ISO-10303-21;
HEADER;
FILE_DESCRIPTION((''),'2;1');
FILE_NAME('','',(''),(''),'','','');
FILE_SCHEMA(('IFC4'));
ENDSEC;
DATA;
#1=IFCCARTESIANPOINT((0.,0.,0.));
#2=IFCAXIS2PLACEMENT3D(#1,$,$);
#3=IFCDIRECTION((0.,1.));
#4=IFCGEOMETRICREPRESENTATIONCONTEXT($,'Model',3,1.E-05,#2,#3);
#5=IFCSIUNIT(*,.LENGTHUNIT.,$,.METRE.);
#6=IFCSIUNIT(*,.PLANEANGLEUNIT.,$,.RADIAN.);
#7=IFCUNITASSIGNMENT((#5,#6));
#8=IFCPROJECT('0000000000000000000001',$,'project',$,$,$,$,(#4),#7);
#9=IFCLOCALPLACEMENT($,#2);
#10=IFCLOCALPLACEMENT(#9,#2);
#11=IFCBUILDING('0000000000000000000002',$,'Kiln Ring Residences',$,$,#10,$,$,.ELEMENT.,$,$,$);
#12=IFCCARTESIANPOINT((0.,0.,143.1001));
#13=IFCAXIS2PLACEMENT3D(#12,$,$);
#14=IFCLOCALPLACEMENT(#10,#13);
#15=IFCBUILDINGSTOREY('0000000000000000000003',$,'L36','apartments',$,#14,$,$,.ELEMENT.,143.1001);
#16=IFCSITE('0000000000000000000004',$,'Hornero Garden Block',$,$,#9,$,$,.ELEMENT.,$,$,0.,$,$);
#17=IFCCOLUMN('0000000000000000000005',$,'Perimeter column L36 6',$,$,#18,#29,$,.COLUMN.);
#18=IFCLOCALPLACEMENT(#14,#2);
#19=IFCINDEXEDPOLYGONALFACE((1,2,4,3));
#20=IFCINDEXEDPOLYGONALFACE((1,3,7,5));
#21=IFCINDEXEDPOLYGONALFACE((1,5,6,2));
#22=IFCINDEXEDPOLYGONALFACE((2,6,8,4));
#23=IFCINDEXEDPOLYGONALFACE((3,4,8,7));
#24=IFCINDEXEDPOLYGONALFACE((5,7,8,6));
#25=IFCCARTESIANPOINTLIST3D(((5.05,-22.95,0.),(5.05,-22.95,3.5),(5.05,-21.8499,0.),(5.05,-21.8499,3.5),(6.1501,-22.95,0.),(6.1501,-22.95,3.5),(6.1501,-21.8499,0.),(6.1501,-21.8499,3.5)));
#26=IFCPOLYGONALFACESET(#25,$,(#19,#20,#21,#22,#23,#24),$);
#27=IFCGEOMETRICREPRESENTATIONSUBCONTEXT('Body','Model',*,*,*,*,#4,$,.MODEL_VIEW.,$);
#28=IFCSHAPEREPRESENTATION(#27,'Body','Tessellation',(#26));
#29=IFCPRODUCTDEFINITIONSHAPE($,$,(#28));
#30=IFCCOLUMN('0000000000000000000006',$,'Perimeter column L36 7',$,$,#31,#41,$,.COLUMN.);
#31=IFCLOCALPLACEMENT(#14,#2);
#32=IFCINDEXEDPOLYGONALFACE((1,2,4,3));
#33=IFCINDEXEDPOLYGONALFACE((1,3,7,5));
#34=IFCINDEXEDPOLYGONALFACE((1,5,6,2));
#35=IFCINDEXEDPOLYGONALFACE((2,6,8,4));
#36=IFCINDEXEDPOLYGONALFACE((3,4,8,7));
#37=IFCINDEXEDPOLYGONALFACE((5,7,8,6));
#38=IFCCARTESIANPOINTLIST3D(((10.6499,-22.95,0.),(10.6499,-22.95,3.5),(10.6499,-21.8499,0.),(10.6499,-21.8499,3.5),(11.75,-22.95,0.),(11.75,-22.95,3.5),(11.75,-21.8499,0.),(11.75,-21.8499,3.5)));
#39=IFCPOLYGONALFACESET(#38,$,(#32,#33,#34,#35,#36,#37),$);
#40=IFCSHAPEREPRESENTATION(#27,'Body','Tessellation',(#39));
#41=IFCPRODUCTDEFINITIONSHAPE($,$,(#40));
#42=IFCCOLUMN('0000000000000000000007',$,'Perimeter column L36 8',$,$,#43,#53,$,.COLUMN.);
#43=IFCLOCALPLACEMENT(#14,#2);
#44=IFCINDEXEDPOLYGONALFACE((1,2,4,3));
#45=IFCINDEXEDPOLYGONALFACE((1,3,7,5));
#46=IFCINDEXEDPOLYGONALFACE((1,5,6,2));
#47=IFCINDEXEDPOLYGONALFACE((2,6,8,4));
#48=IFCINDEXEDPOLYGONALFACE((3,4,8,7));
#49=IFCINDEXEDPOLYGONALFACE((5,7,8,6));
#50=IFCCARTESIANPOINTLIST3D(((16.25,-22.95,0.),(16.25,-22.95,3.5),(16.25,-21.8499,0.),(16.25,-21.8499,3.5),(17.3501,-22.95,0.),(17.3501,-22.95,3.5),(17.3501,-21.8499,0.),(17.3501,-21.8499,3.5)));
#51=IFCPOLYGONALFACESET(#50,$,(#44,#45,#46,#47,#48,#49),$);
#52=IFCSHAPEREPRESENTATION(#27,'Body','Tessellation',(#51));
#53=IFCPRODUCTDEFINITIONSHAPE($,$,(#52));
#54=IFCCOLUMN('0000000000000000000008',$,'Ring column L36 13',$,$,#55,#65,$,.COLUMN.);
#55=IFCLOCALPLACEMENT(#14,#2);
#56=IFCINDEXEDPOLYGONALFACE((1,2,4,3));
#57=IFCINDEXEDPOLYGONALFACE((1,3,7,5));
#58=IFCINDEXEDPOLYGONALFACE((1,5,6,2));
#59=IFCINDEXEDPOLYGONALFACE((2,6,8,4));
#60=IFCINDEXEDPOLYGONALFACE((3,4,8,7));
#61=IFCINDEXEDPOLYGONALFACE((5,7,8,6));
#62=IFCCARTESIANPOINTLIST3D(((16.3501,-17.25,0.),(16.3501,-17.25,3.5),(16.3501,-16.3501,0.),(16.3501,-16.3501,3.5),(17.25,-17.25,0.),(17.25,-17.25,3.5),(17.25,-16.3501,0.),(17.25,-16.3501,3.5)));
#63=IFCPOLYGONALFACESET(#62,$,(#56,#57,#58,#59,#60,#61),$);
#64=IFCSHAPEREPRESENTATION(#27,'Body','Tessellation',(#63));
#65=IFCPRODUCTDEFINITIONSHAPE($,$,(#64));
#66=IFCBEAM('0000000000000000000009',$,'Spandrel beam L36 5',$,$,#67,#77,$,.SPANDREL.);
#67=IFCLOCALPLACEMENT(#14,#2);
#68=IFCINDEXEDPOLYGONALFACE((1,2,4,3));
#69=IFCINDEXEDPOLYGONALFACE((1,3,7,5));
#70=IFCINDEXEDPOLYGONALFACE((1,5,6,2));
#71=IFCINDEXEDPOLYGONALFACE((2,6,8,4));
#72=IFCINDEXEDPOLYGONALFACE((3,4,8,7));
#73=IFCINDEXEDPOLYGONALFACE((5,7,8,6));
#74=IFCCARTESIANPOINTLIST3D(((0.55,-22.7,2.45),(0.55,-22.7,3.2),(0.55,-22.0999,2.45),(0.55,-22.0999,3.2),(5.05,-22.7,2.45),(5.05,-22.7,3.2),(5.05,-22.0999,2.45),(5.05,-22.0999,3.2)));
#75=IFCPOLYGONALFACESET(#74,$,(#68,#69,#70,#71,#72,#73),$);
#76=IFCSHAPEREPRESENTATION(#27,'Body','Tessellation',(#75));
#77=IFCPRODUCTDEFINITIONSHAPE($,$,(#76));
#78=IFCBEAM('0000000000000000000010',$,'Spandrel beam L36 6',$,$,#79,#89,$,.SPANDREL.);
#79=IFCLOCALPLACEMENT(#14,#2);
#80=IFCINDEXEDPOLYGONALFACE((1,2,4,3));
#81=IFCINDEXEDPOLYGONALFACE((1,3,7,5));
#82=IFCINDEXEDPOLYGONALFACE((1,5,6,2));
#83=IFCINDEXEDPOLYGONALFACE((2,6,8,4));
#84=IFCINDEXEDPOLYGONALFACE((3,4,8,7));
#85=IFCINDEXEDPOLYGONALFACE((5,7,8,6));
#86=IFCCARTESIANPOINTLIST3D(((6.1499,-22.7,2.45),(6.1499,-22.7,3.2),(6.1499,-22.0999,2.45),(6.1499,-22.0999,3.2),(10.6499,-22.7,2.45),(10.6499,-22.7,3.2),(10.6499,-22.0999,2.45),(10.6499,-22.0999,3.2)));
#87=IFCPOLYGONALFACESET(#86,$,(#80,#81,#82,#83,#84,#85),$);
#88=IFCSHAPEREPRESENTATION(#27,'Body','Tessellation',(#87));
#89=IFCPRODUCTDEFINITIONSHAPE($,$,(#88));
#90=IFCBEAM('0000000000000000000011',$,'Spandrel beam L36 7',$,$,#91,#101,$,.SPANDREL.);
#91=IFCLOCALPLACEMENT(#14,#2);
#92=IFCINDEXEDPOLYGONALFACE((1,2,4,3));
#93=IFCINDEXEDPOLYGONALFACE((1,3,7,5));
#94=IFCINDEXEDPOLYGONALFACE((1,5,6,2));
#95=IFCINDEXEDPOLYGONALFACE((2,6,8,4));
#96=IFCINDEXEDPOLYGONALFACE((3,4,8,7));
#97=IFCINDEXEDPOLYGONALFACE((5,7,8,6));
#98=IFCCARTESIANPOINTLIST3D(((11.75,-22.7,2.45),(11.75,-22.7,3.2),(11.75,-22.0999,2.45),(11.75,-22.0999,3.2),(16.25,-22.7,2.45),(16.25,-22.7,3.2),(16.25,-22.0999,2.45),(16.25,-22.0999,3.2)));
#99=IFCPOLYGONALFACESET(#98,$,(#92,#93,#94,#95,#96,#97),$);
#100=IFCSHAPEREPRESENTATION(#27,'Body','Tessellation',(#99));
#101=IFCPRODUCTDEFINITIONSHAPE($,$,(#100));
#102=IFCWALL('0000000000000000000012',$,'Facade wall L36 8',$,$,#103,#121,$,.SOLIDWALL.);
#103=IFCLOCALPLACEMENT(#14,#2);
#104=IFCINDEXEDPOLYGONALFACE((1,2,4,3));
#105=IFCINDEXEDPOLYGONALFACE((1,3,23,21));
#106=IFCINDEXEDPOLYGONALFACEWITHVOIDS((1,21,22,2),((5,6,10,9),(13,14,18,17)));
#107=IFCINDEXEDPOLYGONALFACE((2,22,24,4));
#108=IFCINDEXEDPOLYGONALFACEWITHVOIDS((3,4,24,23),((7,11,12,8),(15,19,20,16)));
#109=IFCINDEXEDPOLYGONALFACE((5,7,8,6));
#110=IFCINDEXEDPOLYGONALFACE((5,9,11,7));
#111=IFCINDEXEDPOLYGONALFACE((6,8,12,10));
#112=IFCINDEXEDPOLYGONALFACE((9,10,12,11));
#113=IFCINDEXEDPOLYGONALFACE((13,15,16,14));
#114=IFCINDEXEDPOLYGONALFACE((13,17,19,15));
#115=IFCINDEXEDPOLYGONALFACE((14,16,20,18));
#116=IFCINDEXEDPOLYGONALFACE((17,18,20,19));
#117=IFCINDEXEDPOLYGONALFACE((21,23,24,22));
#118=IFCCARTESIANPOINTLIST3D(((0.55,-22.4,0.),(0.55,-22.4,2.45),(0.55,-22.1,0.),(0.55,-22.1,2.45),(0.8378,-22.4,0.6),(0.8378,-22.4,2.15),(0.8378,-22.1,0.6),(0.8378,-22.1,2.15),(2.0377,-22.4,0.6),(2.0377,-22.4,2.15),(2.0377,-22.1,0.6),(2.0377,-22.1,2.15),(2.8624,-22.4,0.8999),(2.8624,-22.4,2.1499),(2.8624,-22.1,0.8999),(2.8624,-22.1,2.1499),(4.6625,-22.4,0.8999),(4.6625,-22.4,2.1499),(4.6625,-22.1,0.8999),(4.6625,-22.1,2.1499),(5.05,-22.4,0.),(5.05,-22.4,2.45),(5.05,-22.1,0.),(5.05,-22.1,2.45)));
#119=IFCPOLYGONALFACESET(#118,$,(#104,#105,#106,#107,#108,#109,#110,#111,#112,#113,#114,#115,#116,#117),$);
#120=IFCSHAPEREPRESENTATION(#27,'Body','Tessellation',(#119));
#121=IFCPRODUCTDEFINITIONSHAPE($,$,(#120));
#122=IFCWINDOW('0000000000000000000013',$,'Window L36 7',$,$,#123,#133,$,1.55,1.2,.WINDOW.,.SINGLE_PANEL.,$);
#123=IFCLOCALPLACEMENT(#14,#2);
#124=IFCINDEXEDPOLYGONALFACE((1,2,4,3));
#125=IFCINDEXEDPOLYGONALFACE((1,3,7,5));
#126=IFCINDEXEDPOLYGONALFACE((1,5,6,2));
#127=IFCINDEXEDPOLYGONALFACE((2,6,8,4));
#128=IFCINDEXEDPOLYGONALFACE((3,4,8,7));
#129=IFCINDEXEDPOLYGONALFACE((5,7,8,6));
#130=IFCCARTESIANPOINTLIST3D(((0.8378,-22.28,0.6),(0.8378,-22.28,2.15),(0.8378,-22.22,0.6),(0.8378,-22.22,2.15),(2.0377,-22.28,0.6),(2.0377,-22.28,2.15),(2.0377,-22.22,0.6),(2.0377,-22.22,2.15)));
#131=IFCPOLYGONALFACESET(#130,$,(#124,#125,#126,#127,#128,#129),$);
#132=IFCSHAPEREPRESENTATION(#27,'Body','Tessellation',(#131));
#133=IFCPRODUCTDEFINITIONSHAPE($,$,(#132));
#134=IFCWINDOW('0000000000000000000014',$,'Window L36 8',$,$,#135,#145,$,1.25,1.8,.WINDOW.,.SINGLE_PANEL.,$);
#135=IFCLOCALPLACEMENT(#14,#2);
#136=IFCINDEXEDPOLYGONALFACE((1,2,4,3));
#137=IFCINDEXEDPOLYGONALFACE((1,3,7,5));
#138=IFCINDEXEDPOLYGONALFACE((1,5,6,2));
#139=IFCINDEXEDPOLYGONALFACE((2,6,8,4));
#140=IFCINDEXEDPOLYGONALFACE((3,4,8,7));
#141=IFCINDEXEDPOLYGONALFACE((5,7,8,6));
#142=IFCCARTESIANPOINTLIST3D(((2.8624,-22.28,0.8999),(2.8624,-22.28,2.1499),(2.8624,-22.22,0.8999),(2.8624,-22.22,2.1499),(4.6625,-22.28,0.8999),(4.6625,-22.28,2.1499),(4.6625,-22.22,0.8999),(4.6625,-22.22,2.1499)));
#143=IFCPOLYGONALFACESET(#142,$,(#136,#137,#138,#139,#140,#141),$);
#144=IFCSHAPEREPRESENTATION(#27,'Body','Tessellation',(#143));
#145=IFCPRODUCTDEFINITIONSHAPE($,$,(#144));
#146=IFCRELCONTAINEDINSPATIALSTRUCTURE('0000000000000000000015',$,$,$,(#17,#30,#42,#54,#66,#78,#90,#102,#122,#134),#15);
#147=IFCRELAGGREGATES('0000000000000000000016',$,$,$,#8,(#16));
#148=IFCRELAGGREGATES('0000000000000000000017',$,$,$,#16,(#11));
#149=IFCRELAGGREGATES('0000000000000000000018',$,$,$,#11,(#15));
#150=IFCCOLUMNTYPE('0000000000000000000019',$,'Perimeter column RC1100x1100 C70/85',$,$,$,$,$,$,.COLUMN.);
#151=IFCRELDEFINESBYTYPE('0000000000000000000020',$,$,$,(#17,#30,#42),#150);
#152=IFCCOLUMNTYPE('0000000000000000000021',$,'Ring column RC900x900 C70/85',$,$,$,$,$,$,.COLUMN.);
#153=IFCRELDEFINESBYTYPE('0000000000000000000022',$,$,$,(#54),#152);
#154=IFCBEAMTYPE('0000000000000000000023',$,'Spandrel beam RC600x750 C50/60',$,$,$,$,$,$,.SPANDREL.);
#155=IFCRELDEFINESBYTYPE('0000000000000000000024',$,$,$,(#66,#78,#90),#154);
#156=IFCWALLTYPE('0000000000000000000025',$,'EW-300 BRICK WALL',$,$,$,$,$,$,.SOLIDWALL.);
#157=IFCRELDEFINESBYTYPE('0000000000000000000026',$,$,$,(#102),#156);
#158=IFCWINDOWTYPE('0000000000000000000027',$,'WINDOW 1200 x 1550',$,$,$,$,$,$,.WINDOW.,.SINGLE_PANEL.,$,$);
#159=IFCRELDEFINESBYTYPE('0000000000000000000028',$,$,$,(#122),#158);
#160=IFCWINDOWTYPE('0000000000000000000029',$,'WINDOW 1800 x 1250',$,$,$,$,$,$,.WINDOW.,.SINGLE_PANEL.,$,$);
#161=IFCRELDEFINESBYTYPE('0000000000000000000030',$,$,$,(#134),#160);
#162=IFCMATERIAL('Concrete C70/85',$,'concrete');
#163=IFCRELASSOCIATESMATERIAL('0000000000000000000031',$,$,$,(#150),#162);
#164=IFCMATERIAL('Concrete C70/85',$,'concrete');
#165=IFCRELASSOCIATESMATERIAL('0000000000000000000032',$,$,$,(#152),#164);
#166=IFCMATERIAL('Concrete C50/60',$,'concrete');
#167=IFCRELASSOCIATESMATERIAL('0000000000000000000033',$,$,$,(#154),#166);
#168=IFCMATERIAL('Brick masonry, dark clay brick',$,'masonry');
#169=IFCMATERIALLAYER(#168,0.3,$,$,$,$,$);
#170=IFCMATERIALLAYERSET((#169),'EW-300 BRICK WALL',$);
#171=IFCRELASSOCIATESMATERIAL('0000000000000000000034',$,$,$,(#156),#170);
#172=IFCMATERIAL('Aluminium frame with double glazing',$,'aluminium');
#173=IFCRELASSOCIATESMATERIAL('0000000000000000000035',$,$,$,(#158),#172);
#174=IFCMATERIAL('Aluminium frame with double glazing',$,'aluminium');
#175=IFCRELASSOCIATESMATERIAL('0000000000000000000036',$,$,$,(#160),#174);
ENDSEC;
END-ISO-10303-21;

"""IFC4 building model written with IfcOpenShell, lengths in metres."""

from ifc_helpers import new_model, si_unit, direction, frame, frame_2d, origin, origin_2d, place, context, subcontext, project, spatial, rectangle, extrude, material, layer, layer_set, material_profile, profile_set, type_object, element, fill, save


model = new_model("IFC4")

# Units and contexts
model_context = context("Model", 3, precision=1e-05, world=origin(), true_north=direction((0.0, 1.0)))
body_context = subcontext(model_context, "Body", "Model", "MODEL_VIEW")
ifc_project = project(units=[si_unit("LENGTHUNIT", "METRE"), si_unit("PLANEANGLEUNIT", "RADIAN")], contexts=[model_context])

# Site, building, storey
site_placement = place(None, origin())
site = spatial("IfcSite", under=ifc_project, at=site_placement, Name="Hornero Garden Block", CompositionType="ELEMENT", RefElevation=0.0)
building_placement = place(site_placement, origin())
building = spatial("IfcBuilding", under=site, at=building_placement, Name="Kiln Ring Residences", CompositionType="ELEMENT")
storey_placement = place(building_placement, frame((0.0, 0.0, 143.1001)))
storey = spatial("IfcBuildingStorey", under=building, at=storey_placement, Name="L36", Description="apartments", CompositionType="ELEMENT", Elevation=143.1001)

# Columns
ifc_material_1 = material(Name="Concrete C70/85", Category="concrete")
ifc_material_profile_1 = material_profile(ifc_material_1, rectangle(XDim=1.1001, YDim=1.1001, at=origin_2d()), Name="RC1100x1100")
ifc_profile_set_1 = profile_set([ifc_material_profile_1], Name="Concrete C70/85")
column_type_1 = type_object("IfcColumnType", Name="Perimeter column RC1100x1100 C70/85", PredefinedType="COLUMN", material=ifc_profile_set_1)
for number, where, z_axis, x_axis, name in (
    (1, (5.6001, -22.3999, 0.0), (0.0, 0.0, 1.0), (1.0, 0.0, 0.0), "Perimeter column L36 6"),
    (2, (11.2, -22.3999, 0.0), (0.0, 0.0, 1.0), (1.0, 0.0, 0.0), "Perimeter column L36 7"),
    (3, (16.8, -22.3999, 0.0), (0.0, 0.0, 1.0), (1.0, 0.0, 0.0), "Perimeter column L36 8"),
):
    element("IfcColumn", number, at=place(storey_placement, frame(where, z_axis=z_axis, x_axis=x_axis)), inside=storey, type_object=column_type_1, Name=name, PredefinedType="COLUMN", context=body_context, shape_type="SweptSolid", body=[
        extrude(rectangle(XDim=1.1001, YDim=1.1001, at=origin_2d()), origin(), (0.0, 0.0, 1.0), 3.5),
    ])
ifc_material_2 = material(Name="Concrete C70/85", Category="concrete")
ifc_material_profile_2 = material_profile(ifc_material_2, rectangle(XDim=0.8999, YDim=0.8999, at=origin_2d()), Name="RC900x900")
ifc_profile_set_2 = profile_set([ifc_material_profile_2], Name="Concrete C70/85")
column_type_2 = type_object("IfcColumnType", Name="Ring column RC900x900 C70/85", PredefinedType="COLUMN", material=ifc_profile_set_2)
column_placement = place(storey_placement, frame((16.8, -16.8, 0.0), z_axis=(0.0, 0.0, 1.0), x_axis=(1.0, 0.0, 0.0)))
element("IfcColumn", 4, at=column_placement, inside=storey, type_object=column_type_2, Name="Ring column L36 13", PredefinedType="COLUMN", context=body_context, shape_type="SweptSolid", body=[
    extrude(rectangle(XDim=0.8999, YDim=0.8999, at=origin_2d()), origin(), (0.0, 0.0, 1.0), 3.5),
])

# Beams
ifc_material_3 = material(Name="Concrete C50/60", Category="concrete")
ifc_material_profile_3 = material_profile(ifc_material_3, rectangle(XDim=0.6001, YDim=0.75, at=origin_2d()), Name="RC600x750")
ifc_profile_set_3 = profile_set([ifc_material_profile_3], Name="Concrete C50/60")
beam_type = type_object("IfcBeamType", Name="Spandrel beam RC600x750 C50/60", PredefinedType="SPANDREL", material=ifc_profile_set_3)
for number, where, z_axis, x_axis, name in (
    (5, (0.55, -22.3999, 2.825), (1.0, 0.0, 0.0), (0.0, 1.0, 0.0), "Spandrel beam L36 5"),
    (6, (6.1499, -22.3999, 2.825), (1.0, 0.0, 0.0), (0.0, 1.0, 0.0), "Spandrel beam L36 6"),
    (7, (11.75, -22.3999, 2.825), (1.0, 0.0, 0.0), (0.0, 1.0, 0.0), "Spandrel beam L36 7"),
):
    element("IfcBeam", number, at=place(storey_placement, frame(where, z_axis=z_axis, x_axis=x_axis)), inside=storey, type_object=beam_type, Name=name, PredefinedType="SPANDREL", context=body_context, shape_type="SweptSolid", body=[
        extrude(rectangle(XDim=0.6001, YDim=0.75, at=origin_2d()), origin(), (0.0, 0.0, 1.0), 4.5),
    ])

# Wall, openings, windows
ifc_material_4 = material(Name="Brick masonry, dark clay brick", Category="masonry")
ifc_layer_1 = layer(ifc_material_4, 0.3)
ifc_layer_set_1 = layer_set([ifc_layer_1], Name="EW-300 BRICK WALL")
wall_type_1 = type_object("IfcWallType", Name="EW-300 BRICK WALL", PredefinedType="SOLIDWALL", material=ifc_layer_set_1)
wall_1_placement = place(storey_placement, frame((0.55, -22.25, 0.0), z_axis=(0.0, 0.0, 1.0), x_axis=(1.0, 0.0, 0.0)))
wall_1 = element("IfcWall", 8, at=wall_1_placement, inside=storey, type_object=wall_type_1, Name="Facade wall L36 8", PredefinedType="SOLIDWALL", context=body_context, shape_type="SweptSolid", body=[
    extrude(rectangle(XDim=4.5, YDim=0.3, at=frame_2d((2.25, 0.0))), origin(), (0.0, 0.0, 1.0), 2.45),
])
opening_1_placement = place(wall_1_placement, frame((0.2876, 0.0, 0.6001)))
opening_1 = element("IfcOpeningElement", 9, at=opening_1_placement, cuts=wall_1, PredefinedType="OPENING", context=body_context, shape_type="SweptSolid", body=[
    extrude(rectangle(XDim=1.2, YDim=1.55, at=frame_2d((0.6001, 0.7749))), frame((0.0, 0.1599, 0.0), z_axis=(0.0, -1.0, 0.0), x_axis=(1.0, 0.0, 0.0)), (0.0, 0.0, 1.0), 0.3201),
])
opening_2_placement = place(wall_1_placement, frame((2.3125, 0.0, 0.8999)))
opening_2 = element("IfcOpeningElement", 10, at=opening_2_placement, cuts=wall_1, PredefinedType="OPENING", context=body_context, shape_type="SweptSolid", body=[
    extrude(rectangle(XDim=1.8, YDim=1.25, at=frame_2d((0.8999, 0.625))), frame((0.0, 0.1599, 0.0), z_axis=(0.0, -1.0, 0.0), x_axis=(1.0, 0.0, 0.0)), (0.0, 0.0, 1.0), 0.3201),
])
ifc_material_5 = material(Name="Aluminium frame with double glazing", Category="aluminium")
window_type_1 = type_object("IfcWindowType", Name="WINDOW 1200 x 1550", PartitioningType="SINGLE_PANEL", PredefinedType="WINDOW", material=ifc_material_5)
window_1_placement = place(opening_1_placement, origin())
window_1 = element("IfcWindow", 11, at=window_1_placement, inside=storey, type_object=window_type_1, Name="Window L36 7", OverallHeight=1.55, OverallWidth=1.2, PartitioningType="SINGLE_PANEL", PredefinedType="WINDOW", context=body_context, shape_type="SweptSolid", body=[
    extrude(rectangle(XDim=1.2, YDim=1.55, at=frame_2d((0.6001, 0.7749))), frame((0.0, 0.03, 0.0), z_axis=(0.0, -1.0, 0.0), x_axis=(1.0, 0.0, 0.0)), (0.0, 0.0, 1.0), 0.0601),
])
fill(opening_1, window_1)
ifc_material_6 = material(Name="Aluminium frame with double glazing", Category="aluminium")
window_type_2 = type_object("IfcWindowType", Name="WINDOW 1800 x 1250", PartitioningType="SINGLE_PANEL", PredefinedType="WINDOW", material=ifc_material_6)
window_2_placement = place(opening_2_placement, origin())
window_2 = element("IfcWindow", 12, at=window_2_placement, inside=storey, type_object=window_type_2, Name="Window L36 8", OverallHeight=1.25, OverallWidth=1.8, PartitioningType="SINGLE_PANEL", PredefinedType="WINDOW", context=body_context, shape_type="SweptSolid", body=[
    extrude(rectangle(XDim=1.8, YDim=1.25, at=frame_2d((0.8999, 0.625))), frame((0.0, 0.03, 0.0), z_axis=(0.0, -1.0, 0.0), x_axis=(1.0, 0.0, 0.0)), (0.0, 0.0, 1.0), 0.0601),
])
fill(opening_2, window_2)

save(model, "model.ifc")
